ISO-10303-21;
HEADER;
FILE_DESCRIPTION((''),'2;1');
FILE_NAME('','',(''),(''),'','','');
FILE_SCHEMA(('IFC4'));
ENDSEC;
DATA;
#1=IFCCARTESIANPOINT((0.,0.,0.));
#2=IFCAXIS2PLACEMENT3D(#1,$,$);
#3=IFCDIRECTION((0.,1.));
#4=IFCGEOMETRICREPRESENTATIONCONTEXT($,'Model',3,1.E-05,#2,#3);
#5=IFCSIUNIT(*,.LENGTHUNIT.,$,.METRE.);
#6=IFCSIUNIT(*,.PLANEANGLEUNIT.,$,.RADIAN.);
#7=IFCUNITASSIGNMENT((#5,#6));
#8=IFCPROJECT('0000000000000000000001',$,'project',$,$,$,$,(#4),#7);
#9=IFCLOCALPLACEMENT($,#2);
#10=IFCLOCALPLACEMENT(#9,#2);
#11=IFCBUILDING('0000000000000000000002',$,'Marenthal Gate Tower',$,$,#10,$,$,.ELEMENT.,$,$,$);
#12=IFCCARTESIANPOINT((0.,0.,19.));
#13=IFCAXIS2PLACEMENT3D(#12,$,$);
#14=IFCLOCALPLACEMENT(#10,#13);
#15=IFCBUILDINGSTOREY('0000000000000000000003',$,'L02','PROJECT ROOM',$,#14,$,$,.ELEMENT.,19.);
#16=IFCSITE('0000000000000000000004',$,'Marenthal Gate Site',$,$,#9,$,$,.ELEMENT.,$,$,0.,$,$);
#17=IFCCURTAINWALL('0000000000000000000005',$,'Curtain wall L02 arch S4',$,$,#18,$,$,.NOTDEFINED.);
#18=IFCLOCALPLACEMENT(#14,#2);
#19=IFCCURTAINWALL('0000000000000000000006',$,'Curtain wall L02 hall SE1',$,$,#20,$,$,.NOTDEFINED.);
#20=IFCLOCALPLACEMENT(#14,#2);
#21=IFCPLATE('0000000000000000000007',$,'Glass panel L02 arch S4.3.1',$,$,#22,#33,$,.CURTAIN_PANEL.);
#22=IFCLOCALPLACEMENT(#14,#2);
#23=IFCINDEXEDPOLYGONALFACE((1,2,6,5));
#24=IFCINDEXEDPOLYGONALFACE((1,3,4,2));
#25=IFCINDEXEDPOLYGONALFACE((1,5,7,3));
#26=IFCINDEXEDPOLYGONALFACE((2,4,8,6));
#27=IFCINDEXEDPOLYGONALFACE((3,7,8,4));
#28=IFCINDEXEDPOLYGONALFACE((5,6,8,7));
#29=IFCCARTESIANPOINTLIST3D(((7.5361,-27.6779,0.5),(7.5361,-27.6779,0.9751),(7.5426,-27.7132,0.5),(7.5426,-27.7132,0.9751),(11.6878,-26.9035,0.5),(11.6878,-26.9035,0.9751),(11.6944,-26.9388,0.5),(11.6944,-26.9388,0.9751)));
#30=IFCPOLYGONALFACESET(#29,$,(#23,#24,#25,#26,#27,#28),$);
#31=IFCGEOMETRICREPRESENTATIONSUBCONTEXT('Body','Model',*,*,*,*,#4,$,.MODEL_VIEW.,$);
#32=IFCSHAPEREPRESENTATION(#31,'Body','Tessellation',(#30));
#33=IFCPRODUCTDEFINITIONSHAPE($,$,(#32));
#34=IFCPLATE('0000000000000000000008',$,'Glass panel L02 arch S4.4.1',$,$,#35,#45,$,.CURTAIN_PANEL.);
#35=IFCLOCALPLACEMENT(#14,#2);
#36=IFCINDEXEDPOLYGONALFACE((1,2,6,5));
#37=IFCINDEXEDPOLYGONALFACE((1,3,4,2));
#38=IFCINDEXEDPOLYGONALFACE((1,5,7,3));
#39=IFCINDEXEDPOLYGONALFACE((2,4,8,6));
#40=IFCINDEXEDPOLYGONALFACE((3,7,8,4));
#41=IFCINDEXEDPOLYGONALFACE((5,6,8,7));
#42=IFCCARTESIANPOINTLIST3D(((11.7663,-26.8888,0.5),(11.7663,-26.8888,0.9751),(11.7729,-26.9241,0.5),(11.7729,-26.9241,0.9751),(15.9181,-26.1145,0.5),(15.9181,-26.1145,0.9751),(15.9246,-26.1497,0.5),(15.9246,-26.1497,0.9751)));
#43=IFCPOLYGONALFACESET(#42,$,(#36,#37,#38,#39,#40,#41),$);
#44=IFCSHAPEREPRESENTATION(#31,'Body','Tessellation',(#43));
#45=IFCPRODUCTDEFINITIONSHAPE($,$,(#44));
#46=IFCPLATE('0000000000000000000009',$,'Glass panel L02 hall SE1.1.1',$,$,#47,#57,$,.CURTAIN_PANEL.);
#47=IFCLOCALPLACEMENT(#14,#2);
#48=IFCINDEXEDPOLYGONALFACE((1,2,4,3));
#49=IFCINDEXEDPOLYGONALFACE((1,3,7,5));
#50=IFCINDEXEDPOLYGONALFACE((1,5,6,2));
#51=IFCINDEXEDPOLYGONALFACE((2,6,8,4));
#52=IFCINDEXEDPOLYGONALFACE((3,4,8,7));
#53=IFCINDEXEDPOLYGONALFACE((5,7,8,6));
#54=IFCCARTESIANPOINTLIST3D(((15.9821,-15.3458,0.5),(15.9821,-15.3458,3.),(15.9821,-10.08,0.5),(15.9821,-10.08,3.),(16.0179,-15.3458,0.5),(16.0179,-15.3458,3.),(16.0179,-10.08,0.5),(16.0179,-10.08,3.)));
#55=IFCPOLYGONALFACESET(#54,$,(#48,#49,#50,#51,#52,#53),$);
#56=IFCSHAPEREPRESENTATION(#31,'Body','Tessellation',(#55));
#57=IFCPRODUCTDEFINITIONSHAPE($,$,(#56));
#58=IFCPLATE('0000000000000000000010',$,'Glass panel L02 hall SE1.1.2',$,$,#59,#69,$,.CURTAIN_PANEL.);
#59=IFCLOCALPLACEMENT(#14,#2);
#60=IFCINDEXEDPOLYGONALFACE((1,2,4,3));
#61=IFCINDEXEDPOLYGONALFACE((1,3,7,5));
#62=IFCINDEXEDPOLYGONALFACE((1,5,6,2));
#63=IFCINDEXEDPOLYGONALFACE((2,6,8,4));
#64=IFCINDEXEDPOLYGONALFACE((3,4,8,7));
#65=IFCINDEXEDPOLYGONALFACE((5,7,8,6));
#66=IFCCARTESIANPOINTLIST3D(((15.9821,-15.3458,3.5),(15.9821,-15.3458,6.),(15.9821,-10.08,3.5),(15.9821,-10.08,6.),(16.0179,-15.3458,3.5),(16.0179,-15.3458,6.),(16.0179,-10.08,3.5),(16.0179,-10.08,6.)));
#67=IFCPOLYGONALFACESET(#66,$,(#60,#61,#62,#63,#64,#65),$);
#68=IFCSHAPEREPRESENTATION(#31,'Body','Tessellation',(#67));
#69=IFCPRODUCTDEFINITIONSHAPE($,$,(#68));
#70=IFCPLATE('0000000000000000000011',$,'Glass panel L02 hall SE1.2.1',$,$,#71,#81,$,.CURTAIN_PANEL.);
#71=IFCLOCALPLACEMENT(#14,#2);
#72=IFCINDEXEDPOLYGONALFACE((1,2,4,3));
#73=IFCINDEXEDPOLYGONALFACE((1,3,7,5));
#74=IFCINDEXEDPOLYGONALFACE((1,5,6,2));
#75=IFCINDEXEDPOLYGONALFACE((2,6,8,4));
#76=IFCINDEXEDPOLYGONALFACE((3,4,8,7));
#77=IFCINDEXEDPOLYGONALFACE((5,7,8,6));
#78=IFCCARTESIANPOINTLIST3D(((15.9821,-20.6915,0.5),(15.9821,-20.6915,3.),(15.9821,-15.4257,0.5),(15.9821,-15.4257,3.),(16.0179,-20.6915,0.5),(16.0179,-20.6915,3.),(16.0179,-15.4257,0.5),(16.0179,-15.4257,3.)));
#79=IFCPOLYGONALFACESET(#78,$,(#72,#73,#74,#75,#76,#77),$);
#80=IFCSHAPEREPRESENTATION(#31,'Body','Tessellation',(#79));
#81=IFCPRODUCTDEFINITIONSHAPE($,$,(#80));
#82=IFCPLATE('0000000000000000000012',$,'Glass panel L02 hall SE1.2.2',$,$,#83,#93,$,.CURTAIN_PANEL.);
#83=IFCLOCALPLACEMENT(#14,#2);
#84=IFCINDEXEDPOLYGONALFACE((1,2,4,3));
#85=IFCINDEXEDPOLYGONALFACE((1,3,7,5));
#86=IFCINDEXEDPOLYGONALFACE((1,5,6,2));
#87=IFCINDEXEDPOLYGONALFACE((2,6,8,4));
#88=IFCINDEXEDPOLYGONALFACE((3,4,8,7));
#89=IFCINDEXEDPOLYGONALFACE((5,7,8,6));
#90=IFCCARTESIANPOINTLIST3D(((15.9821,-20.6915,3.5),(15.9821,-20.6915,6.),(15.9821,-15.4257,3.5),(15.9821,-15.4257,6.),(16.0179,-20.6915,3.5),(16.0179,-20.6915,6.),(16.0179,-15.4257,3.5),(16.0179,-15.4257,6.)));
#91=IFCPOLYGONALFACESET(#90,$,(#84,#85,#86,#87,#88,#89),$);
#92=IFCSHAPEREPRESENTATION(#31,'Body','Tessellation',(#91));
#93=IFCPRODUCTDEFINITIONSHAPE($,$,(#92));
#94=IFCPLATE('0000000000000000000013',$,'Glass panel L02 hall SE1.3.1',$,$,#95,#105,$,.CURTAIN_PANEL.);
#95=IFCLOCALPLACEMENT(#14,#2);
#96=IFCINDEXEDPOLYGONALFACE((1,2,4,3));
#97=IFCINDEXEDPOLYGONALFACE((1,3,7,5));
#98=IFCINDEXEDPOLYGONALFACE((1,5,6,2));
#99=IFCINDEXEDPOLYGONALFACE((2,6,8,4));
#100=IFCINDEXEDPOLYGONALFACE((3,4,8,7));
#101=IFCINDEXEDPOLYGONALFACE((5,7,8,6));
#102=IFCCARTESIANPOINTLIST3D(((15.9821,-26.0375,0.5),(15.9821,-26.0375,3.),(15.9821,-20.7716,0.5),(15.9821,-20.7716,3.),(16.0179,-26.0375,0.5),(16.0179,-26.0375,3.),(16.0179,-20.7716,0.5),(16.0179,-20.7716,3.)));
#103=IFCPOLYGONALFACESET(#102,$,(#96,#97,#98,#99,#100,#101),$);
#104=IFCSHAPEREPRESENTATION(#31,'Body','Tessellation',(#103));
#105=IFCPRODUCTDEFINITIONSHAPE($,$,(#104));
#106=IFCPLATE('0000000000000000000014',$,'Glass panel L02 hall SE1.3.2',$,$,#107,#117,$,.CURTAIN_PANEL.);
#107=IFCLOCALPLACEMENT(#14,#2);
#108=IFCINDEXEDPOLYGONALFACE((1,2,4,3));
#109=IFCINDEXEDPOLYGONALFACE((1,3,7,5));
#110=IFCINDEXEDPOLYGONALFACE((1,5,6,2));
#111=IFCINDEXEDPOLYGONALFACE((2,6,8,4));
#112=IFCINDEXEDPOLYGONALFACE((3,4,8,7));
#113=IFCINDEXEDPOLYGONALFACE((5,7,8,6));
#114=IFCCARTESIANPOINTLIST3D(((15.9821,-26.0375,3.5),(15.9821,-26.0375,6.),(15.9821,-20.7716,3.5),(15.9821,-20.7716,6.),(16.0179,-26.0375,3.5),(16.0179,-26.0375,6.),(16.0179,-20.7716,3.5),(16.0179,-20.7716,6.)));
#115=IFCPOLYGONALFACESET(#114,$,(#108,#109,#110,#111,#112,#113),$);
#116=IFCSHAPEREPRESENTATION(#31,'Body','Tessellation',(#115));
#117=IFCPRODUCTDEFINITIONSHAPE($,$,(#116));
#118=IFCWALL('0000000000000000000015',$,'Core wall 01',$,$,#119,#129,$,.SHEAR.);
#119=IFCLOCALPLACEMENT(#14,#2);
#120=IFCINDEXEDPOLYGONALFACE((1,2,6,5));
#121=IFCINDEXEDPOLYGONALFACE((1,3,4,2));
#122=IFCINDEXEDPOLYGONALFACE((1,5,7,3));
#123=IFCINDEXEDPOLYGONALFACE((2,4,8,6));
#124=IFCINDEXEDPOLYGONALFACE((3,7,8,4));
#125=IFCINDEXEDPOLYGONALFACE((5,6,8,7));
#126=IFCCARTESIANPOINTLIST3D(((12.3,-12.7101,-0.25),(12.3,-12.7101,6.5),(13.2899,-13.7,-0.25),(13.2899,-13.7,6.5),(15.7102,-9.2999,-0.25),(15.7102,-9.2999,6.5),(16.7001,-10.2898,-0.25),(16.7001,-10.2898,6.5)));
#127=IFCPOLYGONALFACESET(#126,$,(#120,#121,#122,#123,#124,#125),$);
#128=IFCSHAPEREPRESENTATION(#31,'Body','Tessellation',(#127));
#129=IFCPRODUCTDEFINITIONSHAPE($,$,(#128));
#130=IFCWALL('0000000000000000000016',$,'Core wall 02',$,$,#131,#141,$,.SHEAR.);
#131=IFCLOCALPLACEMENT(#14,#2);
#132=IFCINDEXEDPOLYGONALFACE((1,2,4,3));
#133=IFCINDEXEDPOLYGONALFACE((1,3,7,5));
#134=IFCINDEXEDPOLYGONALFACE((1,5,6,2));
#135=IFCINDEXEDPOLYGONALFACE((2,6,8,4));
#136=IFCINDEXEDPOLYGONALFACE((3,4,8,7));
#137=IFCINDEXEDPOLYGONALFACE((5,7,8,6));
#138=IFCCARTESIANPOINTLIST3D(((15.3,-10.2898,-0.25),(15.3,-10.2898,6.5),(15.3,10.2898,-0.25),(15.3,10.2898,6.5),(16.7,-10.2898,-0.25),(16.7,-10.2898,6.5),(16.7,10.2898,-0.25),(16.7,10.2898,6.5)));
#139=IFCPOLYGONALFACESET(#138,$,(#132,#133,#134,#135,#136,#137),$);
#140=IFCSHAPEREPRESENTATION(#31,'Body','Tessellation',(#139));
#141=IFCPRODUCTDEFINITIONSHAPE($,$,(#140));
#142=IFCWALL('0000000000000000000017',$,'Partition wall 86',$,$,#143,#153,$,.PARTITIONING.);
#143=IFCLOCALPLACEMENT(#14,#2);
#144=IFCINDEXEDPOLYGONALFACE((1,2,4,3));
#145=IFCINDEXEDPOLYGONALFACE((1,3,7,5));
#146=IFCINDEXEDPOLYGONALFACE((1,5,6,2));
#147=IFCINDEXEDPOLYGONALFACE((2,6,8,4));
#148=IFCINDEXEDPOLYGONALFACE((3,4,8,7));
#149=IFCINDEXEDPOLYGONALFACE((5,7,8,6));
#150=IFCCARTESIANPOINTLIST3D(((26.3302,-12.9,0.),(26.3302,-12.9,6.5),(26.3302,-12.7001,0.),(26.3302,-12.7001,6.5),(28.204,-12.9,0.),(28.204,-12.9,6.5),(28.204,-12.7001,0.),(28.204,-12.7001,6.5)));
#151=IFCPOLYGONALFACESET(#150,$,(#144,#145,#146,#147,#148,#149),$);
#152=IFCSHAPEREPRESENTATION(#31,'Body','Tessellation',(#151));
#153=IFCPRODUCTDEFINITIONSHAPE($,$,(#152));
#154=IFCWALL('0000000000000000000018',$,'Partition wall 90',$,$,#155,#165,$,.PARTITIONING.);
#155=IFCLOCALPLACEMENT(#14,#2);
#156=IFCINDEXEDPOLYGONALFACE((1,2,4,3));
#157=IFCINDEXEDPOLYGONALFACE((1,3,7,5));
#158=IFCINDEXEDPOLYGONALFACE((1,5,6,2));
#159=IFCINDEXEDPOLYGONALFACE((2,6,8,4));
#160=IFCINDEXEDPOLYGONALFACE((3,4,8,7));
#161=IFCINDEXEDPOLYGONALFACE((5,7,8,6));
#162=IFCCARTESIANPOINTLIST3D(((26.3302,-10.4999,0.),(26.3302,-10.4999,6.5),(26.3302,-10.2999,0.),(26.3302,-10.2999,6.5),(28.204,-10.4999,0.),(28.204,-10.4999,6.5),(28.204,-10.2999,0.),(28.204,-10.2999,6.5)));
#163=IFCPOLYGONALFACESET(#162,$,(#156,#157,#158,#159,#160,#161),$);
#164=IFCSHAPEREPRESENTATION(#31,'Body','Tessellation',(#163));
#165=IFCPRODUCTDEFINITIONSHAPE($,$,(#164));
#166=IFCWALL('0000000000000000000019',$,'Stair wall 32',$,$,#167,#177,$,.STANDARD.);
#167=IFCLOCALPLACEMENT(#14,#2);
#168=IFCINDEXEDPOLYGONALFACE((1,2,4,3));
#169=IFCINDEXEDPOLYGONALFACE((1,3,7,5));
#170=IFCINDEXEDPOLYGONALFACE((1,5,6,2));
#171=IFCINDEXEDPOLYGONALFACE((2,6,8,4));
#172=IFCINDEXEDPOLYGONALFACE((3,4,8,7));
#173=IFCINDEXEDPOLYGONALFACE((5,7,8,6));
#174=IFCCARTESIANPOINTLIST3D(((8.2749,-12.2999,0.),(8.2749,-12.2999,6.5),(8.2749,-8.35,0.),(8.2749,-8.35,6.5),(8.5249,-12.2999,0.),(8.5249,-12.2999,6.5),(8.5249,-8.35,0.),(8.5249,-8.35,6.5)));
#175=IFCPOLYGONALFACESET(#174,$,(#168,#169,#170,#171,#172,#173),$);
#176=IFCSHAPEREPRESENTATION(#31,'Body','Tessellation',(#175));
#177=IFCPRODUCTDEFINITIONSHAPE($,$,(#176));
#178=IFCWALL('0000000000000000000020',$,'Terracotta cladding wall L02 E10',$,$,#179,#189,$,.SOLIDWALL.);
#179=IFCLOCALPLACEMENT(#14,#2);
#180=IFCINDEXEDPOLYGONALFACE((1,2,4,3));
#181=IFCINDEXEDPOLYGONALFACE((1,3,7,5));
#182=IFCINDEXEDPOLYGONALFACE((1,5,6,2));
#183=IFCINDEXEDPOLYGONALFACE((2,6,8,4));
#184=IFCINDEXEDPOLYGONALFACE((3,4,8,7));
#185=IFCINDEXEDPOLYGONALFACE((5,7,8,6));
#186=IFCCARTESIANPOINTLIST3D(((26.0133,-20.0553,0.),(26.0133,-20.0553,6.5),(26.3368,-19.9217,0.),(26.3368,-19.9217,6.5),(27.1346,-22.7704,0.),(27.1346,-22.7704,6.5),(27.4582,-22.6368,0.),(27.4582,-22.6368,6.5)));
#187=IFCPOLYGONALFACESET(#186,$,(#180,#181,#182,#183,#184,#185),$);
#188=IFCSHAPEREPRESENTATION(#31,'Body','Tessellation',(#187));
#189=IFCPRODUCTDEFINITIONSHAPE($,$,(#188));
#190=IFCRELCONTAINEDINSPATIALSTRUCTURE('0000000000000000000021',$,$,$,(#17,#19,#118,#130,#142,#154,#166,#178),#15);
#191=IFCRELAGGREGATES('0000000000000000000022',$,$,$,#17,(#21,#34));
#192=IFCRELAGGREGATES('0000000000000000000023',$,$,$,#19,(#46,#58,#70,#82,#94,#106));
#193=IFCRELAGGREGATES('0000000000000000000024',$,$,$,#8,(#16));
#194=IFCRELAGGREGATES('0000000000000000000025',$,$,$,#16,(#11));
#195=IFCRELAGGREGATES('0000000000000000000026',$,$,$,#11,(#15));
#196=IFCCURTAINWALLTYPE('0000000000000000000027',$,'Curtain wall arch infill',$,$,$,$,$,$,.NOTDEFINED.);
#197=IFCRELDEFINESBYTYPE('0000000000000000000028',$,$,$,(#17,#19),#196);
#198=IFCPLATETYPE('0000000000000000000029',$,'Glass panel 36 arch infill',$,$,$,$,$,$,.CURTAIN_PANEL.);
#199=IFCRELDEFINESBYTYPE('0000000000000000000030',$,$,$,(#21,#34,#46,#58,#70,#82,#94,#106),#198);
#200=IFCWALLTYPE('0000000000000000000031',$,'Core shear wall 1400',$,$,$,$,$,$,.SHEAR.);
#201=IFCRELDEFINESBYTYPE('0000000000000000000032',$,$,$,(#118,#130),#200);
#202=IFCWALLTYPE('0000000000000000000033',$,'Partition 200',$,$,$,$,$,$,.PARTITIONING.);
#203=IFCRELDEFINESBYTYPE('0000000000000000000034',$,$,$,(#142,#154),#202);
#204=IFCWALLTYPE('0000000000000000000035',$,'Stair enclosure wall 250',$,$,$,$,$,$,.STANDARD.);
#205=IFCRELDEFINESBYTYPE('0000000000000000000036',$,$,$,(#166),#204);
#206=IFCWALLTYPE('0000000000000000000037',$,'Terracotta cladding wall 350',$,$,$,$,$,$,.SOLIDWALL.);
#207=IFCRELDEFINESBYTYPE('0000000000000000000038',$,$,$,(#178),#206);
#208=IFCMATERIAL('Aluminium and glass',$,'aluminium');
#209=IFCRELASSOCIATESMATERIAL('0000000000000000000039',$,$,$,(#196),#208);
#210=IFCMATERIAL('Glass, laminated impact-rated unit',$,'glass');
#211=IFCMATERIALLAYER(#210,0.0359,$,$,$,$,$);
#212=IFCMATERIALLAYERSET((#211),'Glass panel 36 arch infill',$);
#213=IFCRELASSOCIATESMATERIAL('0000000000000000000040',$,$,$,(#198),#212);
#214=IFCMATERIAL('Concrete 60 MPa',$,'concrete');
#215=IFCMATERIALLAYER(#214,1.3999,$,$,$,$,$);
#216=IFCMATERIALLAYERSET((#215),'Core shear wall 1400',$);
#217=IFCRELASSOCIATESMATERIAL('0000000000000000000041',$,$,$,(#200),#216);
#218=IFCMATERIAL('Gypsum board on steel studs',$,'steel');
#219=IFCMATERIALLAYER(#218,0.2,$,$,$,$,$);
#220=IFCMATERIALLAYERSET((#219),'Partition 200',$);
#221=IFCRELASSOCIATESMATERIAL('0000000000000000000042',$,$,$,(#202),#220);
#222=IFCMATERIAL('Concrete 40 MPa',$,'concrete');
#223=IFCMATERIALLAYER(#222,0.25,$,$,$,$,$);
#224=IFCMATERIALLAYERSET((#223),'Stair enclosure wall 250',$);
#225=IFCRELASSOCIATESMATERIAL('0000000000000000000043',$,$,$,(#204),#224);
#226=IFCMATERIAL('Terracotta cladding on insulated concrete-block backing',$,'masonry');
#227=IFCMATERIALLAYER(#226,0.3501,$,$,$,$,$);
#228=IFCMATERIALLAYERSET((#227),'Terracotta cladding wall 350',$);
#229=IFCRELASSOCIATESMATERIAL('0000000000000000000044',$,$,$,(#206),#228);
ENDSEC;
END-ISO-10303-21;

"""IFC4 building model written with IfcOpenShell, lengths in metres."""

from ifc_helpers import new_model, si_unit, direction, frame, frame_2d, origin, origin_2d, place, context, subcontext, project, spatial, rectangle, extrude, material, layer, layer_set, type_object, element, aggregate, save


model = new_model("IFC4")

# Units and contexts
model_context = context("Model", 3, precision=1e-05, world=origin(), true_north=direction((0.0, 1.0)))
body_context = subcontext(model_context, "Body", "Model", "MODEL_VIEW")
ifc_project = project(units=[si_unit("LENGTHUNIT", "METRE"), si_unit("PLANEANGLEUNIT", "RADIAN")], contexts=[model_context])

# Site, building, storey
site_placement = place(None, origin())
site = spatial("IfcSite", under=ifc_project, at=site_placement, Name="Marenthal Gate Site", CompositionType="ELEMENT", RefElevation=0.0)
building_placement = place(site_placement, origin())
building = spatial("IfcBuilding", under=site, at=building_placement, Name="Marenthal Gate Tower", CompositionType="ELEMENT")
storey_placement = place(building_placement, frame((0.0, 0.0, 19.0)))
storey = spatial("IfcBuildingStorey", under=building, at=storey_placement, Name="L02", Description="PROJECT ROOM", CompositionType="ELEMENT", Elevation=19.0)

# Curtain walls
ifc_material_1 = material(Name="Aluminium and glass", Category="aluminium")
curtain_wall_type = type_object("IfcCurtainWallType", Name="Curtain wall arch infill", PredefinedType="NOTDEFINED", material=ifc_material_1)
curtain_wall_1_placement = place(storey_placement, origin())
curtain_wall_1 = element("IfcCurtainWall", 1, at=curtain_wall_1_placement, inside=storey, type_object=curtain_wall_type, Name="Curtain wall L02 arch S4", PredefinedType="NOTDEFINED")
curtain_wall_2_placement = place(storey_placement, origin())
curtain_wall_2 = element("IfcCurtainWall", 2, at=curtain_wall_2_placement, inside=storey, type_object=curtain_wall_type, Name="Curtain wall L02 hall SE1", PredefinedType="NOTDEFINED")

# Plates
ifc_material_2 = material(Name="Glass, laminated impact-rated unit", Category="glass")
ifc_layer_1 = layer(ifc_material_2, 0.0359)
ifc_layer_set_1 = layer_set([ifc_layer_1], Name="Glass panel 36 arch infill")
plate_type = type_object("IfcPlateType", Name="Glass panel 36 arch infill", PredefinedType="CURTAIN_PANEL", material=ifc_layer_set_1)
plate_1_placement = place(storey_placement, frame((9.6152, -27.3083, 0.5), z_axis=(0.0, 0.0, 1.0), x_axis=(0.983046, 0.183357, 0.0)))
plate_1 = element("IfcPlate", 3, at=plate_1_placement, type_object=plate_type, Name="Glass panel L02 arch S4.3.1", PredefinedType="CURTAIN_PANEL", context=body_context, shape_type="SweptSolid", body=[
    extrude(rectangle(XDim=4.2234, YDim=0.0359, at=origin_2d()), origin(), (0.0, 0.0, 1.0), 0.4751),
])
plate_2_placement = place(storey_placement, frame((13.8455, -26.5193, 0.5), z_axis=(0.0, 0.0, 1.0), x_axis=(0.983046, 0.183357, 0.0)))
plate_2 = element("IfcPlate", 4, at=plate_2_placement, type_object=plate_type, Name="Glass panel L02 arch S4.4.1", PredefinedType="CURTAIN_PANEL", context=body_context, shape_type="SweptSolid", body=[
    extrude(rectangle(XDim=4.2234, YDim=0.0359, at=origin_2d()), origin(), (0.0, 0.0, 1.0), 0.4751),
])
aggregate(curtain_wall_1, [plate_1, plate_2])
plate_3_placement = place(storey_placement, frame((16.0, -12.7129, 0.5), z_axis=(0.0, 0.0, 1.0), x_axis=(0.0, -1.0, 0.0)))
plate_3 = element("IfcPlate", 5, at=plate_3_placement, type_object=plate_type, Name="Glass panel L02 hall SE1.1.1", PredefinedType="CURTAIN_PANEL", context=body_context, shape_type="SweptSolid", body=[
    extrude(rectangle(XDim=5.2659, YDim=0.0359, at=origin_2d()), origin(), (0.0, 0.0, 1.0), 2.5),
])
plate_4_placement = place(storey_placement, frame((16.0, -12.7129, 3.5), z_axis=(0.0, 0.0, 1.0), x_axis=(0.0, -1.0, 0.0)))
plate_4 = element("IfcPlate", 6, at=plate_4_placement, type_object=plate_type, Name="Glass panel L02 hall SE1.1.2", PredefinedType="CURTAIN_PANEL", context=body_context, shape_type="SweptSolid", body=[
    extrude(rectangle(XDim=5.2659, YDim=0.0359, at=origin_2d()), origin(), (0.0, 0.0, 1.0), 2.5),
])
plate_5_placement = place(storey_placement, frame((16.0, -18.0586, 0.5), z_axis=(0.0, 0.0, 1.0), x_axis=(0.0, -1.0, 0.0)))
plate_5 = element("IfcPlate", 7, at=plate_5_placement, type_object=plate_type, Name="Glass panel L02 hall SE1.2.1", PredefinedType="CURTAIN_PANEL", context=body_context, shape_type="SweptSolid", body=[
    extrude(rectangle(XDim=5.2659, YDim=0.0359, at=origin_2d()), origin(), (0.0, 0.0, 1.0), 2.5),
])
plate_6_placement = place(storey_placement, frame((16.0, -18.0586, 3.5), z_axis=(0.0, 0.0, 1.0), x_axis=(0.0, -1.0, 0.0)))
plate_6 = element("IfcPlate", 8, at=plate_6_placement, type_object=plate_type, Name="Glass panel L02 hall SE1.2.2", PredefinedType="CURTAIN_PANEL", context=body_context, shape_type="SweptSolid", body=[
    extrude(rectangle(XDim=5.2659, YDim=0.0359, at=origin_2d()), origin(), (0.0, 0.0, 1.0), 2.5),
])
plate_7_placement = place(storey_placement, frame((16.0, -23.4045, 0.5), z_axis=(0.0, 0.0, 1.0), x_axis=(0.0, -1.0, 0.0)))
plate_7 = element("IfcPlate", 9, at=plate_7_placement, type_object=plate_type, Name="Glass panel L02 hall SE1.3.1", PredefinedType="CURTAIN_PANEL", context=body_context, shape_type="SweptSolid", body=[
    extrude(rectangle(XDim=5.2659, YDim=0.0359, at=origin_2d()), origin(), (0.0, 0.0, 1.0), 2.5),
])
plate_8_placement = place(storey_placement, frame((16.0, -23.4045, 3.5), z_axis=(0.0, 0.0, 1.0), x_axis=(0.0, -1.0, 0.0)))
plate_8 = element("IfcPlate", 10, at=plate_8_placement, type_object=plate_type, Name="Glass panel L02 hall SE1.3.2", PredefinedType="CURTAIN_PANEL", context=body_context, shape_type="SweptSolid", body=[
    extrude(rectangle(XDim=5.2659, YDim=0.0359, at=origin_2d()), origin(), (0.0, 0.0, 1.0), 2.5),
])
aggregate(curtain_wall_2, [plate_3, plate_4, plate_5, plate_6, plate_7, plate_8])

# Walls
ifc_material_3 = material(Name="Concrete 60 MPa", Category="concrete")
ifc_layer_2 = layer(ifc_material_3, 1.3999)
ifc_layer_set_2 = layer_set([ifc_layer_2], Name="Core shear wall 1400")
wall_type_1 = type_object("IfcWallType", Name="Core shear wall 1400", PredefinedType="SHEAR", material=ifc_layer_set_2)
wall_1_placement = place(storey_placement, frame((12.7949, -13.2051, -0.25), z_axis=(0.0, 0.0, 1.0), x_axis=(0.707107, 0.707107, 0.0)))
element("IfcWall", 11, at=wall_1_placement, inside=storey, type_object=wall_type_1, Name="Core wall 01", PredefinedType="SHEAR", context=body_context, shape_type="SweptSolid", body=[
    extrude(rectangle(XDim=4.8228, YDim=1.3999, at=frame_2d((2.4114, 0.0))), origin(), (0.0, 0.0, 1.0), 6.75),
])
wall_2_placement = place(storey_placement, frame((16.0, -10.2898, -0.25), z_axis=(0.0, 0.0, 1.0), x_axis=(0.0, 1.0, 0.0)))
element("IfcWall", 12, at=wall_2_placement, inside=storey, type_object=wall_type_1, Name="Core wall 02", PredefinedType="SHEAR", context=body_context, shape_type="SweptSolid", body=[
    extrude(rectangle(XDim=20.5796, YDim=1.3999, at=frame_2d((10.2898, 0.0))), origin(), (0.0, 0.0, 1.0), 6.75),
])
ifc_material_4 = material(Name="Gypsum board on steel studs", Category="steel")
ifc_layer_3 = layer(ifc_material_4, 0.2)
ifc_layer_set_3 = layer_set([ifc_layer_3], Name="Partition 200")
wall_type_2 = type_object("IfcWallType", Name="Partition 200", PredefinedType="PARTITIONING", material=ifc_layer_set_3)
for number, where, z_axis, x_axis, name in (
    (13, (26.3301, -12.8, 0.0), (0.0, 0.0, 1.0), (1.0, 0.0, 0.0), "Partition wall 86"),
    (14, (26.3301, -10.3999, 0.0), (0.0, 0.0, 1.0), (1.0, 0.0, 0.0), "Partition wall 90"),
):
    element("IfcWall", number, at=place(storey_placement, frame(where, z_axis=z_axis, x_axis=x_axis)), inside=storey, type_object=wall_type_2, Name=name, PredefinedType="PARTITIONING", context=body_context, shape_type="SweptSolid", body=[
        extrude(rectangle(XDim=1.8738, YDim=0.2, at=frame_2d((0.937, 0.0))), origin(), (0.0, 0.0, 1.0), 6.5),
    ])
ifc_material_5 = material(Name="Concrete 40 MPa", Category="concrete")
ifc_layer_4 = layer(ifc_material_5, 0.25)
ifc_layer_set_4 = layer_set([ifc_layer_4], Name="Stair enclosure wall 250")
wall_type_3 = type_object("IfcWallType", Name="Stair enclosure wall 250", PredefinedType="STANDARD", material=ifc_layer_set_4)
wall_3_placement = place(storey_placement, frame((8.3999, -12.3, 0.0), z_axis=(0.0, 0.0, 1.0), x_axis=(0.0, 1.0, 0.0)))
element("IfcWall", 15, at=wall_3_placement, inside=storey, type_object=wall_type_3, Name="Stair wall 32", PredefinedType="STANDARD", context=body_context, shape_type="SweptSolid", body=[
    extrude(rectangle(XDim=3.95, YDim=0.25, at=frame_2d((1.9751, 0.0))), origin(), (0.0, 0.0, 1.0), 6.5),
])
ifc_material_6 = material(Name="Terracotta cladding on insulated concrete-block backing", Category="masonry")
ifc_layer_5 = layer(ifc_material_6, 0.3501)
ifc_layer_set_5 = layer_set([ifc_layer_5], Name="Terracotta cladding wall 350")
wall_type_4 = type_object("IfcWallType", Name="Terracotta cladding wall 350", PredefinedType="SOLIDWALL", material=ifc_layer_set_5)
wall_4_placement = place(storey_placement, frame((26.175, -19.9885, 0.0), z_axis=(0.0, 0.0, 1.0), x_axis=(0.381728, -0.924275, 0.0)))
element("IfcWall", 16, at=wall_4_placement, inside=storey, type_object=wall_type_4, Name="Terracotta cladding wall L02 E10", PredefinedType="SOLIDWALL", context=body_context, shape_type="SweptSolid", body=[
    extrude(rectangle(XDim=2.9375, YDim=0.3501, at=frame_2d((1.4688, 0.0))), origin(), (0.0, 0.0, 1.0), 6.5),
])

save(model, "model.ifc")
